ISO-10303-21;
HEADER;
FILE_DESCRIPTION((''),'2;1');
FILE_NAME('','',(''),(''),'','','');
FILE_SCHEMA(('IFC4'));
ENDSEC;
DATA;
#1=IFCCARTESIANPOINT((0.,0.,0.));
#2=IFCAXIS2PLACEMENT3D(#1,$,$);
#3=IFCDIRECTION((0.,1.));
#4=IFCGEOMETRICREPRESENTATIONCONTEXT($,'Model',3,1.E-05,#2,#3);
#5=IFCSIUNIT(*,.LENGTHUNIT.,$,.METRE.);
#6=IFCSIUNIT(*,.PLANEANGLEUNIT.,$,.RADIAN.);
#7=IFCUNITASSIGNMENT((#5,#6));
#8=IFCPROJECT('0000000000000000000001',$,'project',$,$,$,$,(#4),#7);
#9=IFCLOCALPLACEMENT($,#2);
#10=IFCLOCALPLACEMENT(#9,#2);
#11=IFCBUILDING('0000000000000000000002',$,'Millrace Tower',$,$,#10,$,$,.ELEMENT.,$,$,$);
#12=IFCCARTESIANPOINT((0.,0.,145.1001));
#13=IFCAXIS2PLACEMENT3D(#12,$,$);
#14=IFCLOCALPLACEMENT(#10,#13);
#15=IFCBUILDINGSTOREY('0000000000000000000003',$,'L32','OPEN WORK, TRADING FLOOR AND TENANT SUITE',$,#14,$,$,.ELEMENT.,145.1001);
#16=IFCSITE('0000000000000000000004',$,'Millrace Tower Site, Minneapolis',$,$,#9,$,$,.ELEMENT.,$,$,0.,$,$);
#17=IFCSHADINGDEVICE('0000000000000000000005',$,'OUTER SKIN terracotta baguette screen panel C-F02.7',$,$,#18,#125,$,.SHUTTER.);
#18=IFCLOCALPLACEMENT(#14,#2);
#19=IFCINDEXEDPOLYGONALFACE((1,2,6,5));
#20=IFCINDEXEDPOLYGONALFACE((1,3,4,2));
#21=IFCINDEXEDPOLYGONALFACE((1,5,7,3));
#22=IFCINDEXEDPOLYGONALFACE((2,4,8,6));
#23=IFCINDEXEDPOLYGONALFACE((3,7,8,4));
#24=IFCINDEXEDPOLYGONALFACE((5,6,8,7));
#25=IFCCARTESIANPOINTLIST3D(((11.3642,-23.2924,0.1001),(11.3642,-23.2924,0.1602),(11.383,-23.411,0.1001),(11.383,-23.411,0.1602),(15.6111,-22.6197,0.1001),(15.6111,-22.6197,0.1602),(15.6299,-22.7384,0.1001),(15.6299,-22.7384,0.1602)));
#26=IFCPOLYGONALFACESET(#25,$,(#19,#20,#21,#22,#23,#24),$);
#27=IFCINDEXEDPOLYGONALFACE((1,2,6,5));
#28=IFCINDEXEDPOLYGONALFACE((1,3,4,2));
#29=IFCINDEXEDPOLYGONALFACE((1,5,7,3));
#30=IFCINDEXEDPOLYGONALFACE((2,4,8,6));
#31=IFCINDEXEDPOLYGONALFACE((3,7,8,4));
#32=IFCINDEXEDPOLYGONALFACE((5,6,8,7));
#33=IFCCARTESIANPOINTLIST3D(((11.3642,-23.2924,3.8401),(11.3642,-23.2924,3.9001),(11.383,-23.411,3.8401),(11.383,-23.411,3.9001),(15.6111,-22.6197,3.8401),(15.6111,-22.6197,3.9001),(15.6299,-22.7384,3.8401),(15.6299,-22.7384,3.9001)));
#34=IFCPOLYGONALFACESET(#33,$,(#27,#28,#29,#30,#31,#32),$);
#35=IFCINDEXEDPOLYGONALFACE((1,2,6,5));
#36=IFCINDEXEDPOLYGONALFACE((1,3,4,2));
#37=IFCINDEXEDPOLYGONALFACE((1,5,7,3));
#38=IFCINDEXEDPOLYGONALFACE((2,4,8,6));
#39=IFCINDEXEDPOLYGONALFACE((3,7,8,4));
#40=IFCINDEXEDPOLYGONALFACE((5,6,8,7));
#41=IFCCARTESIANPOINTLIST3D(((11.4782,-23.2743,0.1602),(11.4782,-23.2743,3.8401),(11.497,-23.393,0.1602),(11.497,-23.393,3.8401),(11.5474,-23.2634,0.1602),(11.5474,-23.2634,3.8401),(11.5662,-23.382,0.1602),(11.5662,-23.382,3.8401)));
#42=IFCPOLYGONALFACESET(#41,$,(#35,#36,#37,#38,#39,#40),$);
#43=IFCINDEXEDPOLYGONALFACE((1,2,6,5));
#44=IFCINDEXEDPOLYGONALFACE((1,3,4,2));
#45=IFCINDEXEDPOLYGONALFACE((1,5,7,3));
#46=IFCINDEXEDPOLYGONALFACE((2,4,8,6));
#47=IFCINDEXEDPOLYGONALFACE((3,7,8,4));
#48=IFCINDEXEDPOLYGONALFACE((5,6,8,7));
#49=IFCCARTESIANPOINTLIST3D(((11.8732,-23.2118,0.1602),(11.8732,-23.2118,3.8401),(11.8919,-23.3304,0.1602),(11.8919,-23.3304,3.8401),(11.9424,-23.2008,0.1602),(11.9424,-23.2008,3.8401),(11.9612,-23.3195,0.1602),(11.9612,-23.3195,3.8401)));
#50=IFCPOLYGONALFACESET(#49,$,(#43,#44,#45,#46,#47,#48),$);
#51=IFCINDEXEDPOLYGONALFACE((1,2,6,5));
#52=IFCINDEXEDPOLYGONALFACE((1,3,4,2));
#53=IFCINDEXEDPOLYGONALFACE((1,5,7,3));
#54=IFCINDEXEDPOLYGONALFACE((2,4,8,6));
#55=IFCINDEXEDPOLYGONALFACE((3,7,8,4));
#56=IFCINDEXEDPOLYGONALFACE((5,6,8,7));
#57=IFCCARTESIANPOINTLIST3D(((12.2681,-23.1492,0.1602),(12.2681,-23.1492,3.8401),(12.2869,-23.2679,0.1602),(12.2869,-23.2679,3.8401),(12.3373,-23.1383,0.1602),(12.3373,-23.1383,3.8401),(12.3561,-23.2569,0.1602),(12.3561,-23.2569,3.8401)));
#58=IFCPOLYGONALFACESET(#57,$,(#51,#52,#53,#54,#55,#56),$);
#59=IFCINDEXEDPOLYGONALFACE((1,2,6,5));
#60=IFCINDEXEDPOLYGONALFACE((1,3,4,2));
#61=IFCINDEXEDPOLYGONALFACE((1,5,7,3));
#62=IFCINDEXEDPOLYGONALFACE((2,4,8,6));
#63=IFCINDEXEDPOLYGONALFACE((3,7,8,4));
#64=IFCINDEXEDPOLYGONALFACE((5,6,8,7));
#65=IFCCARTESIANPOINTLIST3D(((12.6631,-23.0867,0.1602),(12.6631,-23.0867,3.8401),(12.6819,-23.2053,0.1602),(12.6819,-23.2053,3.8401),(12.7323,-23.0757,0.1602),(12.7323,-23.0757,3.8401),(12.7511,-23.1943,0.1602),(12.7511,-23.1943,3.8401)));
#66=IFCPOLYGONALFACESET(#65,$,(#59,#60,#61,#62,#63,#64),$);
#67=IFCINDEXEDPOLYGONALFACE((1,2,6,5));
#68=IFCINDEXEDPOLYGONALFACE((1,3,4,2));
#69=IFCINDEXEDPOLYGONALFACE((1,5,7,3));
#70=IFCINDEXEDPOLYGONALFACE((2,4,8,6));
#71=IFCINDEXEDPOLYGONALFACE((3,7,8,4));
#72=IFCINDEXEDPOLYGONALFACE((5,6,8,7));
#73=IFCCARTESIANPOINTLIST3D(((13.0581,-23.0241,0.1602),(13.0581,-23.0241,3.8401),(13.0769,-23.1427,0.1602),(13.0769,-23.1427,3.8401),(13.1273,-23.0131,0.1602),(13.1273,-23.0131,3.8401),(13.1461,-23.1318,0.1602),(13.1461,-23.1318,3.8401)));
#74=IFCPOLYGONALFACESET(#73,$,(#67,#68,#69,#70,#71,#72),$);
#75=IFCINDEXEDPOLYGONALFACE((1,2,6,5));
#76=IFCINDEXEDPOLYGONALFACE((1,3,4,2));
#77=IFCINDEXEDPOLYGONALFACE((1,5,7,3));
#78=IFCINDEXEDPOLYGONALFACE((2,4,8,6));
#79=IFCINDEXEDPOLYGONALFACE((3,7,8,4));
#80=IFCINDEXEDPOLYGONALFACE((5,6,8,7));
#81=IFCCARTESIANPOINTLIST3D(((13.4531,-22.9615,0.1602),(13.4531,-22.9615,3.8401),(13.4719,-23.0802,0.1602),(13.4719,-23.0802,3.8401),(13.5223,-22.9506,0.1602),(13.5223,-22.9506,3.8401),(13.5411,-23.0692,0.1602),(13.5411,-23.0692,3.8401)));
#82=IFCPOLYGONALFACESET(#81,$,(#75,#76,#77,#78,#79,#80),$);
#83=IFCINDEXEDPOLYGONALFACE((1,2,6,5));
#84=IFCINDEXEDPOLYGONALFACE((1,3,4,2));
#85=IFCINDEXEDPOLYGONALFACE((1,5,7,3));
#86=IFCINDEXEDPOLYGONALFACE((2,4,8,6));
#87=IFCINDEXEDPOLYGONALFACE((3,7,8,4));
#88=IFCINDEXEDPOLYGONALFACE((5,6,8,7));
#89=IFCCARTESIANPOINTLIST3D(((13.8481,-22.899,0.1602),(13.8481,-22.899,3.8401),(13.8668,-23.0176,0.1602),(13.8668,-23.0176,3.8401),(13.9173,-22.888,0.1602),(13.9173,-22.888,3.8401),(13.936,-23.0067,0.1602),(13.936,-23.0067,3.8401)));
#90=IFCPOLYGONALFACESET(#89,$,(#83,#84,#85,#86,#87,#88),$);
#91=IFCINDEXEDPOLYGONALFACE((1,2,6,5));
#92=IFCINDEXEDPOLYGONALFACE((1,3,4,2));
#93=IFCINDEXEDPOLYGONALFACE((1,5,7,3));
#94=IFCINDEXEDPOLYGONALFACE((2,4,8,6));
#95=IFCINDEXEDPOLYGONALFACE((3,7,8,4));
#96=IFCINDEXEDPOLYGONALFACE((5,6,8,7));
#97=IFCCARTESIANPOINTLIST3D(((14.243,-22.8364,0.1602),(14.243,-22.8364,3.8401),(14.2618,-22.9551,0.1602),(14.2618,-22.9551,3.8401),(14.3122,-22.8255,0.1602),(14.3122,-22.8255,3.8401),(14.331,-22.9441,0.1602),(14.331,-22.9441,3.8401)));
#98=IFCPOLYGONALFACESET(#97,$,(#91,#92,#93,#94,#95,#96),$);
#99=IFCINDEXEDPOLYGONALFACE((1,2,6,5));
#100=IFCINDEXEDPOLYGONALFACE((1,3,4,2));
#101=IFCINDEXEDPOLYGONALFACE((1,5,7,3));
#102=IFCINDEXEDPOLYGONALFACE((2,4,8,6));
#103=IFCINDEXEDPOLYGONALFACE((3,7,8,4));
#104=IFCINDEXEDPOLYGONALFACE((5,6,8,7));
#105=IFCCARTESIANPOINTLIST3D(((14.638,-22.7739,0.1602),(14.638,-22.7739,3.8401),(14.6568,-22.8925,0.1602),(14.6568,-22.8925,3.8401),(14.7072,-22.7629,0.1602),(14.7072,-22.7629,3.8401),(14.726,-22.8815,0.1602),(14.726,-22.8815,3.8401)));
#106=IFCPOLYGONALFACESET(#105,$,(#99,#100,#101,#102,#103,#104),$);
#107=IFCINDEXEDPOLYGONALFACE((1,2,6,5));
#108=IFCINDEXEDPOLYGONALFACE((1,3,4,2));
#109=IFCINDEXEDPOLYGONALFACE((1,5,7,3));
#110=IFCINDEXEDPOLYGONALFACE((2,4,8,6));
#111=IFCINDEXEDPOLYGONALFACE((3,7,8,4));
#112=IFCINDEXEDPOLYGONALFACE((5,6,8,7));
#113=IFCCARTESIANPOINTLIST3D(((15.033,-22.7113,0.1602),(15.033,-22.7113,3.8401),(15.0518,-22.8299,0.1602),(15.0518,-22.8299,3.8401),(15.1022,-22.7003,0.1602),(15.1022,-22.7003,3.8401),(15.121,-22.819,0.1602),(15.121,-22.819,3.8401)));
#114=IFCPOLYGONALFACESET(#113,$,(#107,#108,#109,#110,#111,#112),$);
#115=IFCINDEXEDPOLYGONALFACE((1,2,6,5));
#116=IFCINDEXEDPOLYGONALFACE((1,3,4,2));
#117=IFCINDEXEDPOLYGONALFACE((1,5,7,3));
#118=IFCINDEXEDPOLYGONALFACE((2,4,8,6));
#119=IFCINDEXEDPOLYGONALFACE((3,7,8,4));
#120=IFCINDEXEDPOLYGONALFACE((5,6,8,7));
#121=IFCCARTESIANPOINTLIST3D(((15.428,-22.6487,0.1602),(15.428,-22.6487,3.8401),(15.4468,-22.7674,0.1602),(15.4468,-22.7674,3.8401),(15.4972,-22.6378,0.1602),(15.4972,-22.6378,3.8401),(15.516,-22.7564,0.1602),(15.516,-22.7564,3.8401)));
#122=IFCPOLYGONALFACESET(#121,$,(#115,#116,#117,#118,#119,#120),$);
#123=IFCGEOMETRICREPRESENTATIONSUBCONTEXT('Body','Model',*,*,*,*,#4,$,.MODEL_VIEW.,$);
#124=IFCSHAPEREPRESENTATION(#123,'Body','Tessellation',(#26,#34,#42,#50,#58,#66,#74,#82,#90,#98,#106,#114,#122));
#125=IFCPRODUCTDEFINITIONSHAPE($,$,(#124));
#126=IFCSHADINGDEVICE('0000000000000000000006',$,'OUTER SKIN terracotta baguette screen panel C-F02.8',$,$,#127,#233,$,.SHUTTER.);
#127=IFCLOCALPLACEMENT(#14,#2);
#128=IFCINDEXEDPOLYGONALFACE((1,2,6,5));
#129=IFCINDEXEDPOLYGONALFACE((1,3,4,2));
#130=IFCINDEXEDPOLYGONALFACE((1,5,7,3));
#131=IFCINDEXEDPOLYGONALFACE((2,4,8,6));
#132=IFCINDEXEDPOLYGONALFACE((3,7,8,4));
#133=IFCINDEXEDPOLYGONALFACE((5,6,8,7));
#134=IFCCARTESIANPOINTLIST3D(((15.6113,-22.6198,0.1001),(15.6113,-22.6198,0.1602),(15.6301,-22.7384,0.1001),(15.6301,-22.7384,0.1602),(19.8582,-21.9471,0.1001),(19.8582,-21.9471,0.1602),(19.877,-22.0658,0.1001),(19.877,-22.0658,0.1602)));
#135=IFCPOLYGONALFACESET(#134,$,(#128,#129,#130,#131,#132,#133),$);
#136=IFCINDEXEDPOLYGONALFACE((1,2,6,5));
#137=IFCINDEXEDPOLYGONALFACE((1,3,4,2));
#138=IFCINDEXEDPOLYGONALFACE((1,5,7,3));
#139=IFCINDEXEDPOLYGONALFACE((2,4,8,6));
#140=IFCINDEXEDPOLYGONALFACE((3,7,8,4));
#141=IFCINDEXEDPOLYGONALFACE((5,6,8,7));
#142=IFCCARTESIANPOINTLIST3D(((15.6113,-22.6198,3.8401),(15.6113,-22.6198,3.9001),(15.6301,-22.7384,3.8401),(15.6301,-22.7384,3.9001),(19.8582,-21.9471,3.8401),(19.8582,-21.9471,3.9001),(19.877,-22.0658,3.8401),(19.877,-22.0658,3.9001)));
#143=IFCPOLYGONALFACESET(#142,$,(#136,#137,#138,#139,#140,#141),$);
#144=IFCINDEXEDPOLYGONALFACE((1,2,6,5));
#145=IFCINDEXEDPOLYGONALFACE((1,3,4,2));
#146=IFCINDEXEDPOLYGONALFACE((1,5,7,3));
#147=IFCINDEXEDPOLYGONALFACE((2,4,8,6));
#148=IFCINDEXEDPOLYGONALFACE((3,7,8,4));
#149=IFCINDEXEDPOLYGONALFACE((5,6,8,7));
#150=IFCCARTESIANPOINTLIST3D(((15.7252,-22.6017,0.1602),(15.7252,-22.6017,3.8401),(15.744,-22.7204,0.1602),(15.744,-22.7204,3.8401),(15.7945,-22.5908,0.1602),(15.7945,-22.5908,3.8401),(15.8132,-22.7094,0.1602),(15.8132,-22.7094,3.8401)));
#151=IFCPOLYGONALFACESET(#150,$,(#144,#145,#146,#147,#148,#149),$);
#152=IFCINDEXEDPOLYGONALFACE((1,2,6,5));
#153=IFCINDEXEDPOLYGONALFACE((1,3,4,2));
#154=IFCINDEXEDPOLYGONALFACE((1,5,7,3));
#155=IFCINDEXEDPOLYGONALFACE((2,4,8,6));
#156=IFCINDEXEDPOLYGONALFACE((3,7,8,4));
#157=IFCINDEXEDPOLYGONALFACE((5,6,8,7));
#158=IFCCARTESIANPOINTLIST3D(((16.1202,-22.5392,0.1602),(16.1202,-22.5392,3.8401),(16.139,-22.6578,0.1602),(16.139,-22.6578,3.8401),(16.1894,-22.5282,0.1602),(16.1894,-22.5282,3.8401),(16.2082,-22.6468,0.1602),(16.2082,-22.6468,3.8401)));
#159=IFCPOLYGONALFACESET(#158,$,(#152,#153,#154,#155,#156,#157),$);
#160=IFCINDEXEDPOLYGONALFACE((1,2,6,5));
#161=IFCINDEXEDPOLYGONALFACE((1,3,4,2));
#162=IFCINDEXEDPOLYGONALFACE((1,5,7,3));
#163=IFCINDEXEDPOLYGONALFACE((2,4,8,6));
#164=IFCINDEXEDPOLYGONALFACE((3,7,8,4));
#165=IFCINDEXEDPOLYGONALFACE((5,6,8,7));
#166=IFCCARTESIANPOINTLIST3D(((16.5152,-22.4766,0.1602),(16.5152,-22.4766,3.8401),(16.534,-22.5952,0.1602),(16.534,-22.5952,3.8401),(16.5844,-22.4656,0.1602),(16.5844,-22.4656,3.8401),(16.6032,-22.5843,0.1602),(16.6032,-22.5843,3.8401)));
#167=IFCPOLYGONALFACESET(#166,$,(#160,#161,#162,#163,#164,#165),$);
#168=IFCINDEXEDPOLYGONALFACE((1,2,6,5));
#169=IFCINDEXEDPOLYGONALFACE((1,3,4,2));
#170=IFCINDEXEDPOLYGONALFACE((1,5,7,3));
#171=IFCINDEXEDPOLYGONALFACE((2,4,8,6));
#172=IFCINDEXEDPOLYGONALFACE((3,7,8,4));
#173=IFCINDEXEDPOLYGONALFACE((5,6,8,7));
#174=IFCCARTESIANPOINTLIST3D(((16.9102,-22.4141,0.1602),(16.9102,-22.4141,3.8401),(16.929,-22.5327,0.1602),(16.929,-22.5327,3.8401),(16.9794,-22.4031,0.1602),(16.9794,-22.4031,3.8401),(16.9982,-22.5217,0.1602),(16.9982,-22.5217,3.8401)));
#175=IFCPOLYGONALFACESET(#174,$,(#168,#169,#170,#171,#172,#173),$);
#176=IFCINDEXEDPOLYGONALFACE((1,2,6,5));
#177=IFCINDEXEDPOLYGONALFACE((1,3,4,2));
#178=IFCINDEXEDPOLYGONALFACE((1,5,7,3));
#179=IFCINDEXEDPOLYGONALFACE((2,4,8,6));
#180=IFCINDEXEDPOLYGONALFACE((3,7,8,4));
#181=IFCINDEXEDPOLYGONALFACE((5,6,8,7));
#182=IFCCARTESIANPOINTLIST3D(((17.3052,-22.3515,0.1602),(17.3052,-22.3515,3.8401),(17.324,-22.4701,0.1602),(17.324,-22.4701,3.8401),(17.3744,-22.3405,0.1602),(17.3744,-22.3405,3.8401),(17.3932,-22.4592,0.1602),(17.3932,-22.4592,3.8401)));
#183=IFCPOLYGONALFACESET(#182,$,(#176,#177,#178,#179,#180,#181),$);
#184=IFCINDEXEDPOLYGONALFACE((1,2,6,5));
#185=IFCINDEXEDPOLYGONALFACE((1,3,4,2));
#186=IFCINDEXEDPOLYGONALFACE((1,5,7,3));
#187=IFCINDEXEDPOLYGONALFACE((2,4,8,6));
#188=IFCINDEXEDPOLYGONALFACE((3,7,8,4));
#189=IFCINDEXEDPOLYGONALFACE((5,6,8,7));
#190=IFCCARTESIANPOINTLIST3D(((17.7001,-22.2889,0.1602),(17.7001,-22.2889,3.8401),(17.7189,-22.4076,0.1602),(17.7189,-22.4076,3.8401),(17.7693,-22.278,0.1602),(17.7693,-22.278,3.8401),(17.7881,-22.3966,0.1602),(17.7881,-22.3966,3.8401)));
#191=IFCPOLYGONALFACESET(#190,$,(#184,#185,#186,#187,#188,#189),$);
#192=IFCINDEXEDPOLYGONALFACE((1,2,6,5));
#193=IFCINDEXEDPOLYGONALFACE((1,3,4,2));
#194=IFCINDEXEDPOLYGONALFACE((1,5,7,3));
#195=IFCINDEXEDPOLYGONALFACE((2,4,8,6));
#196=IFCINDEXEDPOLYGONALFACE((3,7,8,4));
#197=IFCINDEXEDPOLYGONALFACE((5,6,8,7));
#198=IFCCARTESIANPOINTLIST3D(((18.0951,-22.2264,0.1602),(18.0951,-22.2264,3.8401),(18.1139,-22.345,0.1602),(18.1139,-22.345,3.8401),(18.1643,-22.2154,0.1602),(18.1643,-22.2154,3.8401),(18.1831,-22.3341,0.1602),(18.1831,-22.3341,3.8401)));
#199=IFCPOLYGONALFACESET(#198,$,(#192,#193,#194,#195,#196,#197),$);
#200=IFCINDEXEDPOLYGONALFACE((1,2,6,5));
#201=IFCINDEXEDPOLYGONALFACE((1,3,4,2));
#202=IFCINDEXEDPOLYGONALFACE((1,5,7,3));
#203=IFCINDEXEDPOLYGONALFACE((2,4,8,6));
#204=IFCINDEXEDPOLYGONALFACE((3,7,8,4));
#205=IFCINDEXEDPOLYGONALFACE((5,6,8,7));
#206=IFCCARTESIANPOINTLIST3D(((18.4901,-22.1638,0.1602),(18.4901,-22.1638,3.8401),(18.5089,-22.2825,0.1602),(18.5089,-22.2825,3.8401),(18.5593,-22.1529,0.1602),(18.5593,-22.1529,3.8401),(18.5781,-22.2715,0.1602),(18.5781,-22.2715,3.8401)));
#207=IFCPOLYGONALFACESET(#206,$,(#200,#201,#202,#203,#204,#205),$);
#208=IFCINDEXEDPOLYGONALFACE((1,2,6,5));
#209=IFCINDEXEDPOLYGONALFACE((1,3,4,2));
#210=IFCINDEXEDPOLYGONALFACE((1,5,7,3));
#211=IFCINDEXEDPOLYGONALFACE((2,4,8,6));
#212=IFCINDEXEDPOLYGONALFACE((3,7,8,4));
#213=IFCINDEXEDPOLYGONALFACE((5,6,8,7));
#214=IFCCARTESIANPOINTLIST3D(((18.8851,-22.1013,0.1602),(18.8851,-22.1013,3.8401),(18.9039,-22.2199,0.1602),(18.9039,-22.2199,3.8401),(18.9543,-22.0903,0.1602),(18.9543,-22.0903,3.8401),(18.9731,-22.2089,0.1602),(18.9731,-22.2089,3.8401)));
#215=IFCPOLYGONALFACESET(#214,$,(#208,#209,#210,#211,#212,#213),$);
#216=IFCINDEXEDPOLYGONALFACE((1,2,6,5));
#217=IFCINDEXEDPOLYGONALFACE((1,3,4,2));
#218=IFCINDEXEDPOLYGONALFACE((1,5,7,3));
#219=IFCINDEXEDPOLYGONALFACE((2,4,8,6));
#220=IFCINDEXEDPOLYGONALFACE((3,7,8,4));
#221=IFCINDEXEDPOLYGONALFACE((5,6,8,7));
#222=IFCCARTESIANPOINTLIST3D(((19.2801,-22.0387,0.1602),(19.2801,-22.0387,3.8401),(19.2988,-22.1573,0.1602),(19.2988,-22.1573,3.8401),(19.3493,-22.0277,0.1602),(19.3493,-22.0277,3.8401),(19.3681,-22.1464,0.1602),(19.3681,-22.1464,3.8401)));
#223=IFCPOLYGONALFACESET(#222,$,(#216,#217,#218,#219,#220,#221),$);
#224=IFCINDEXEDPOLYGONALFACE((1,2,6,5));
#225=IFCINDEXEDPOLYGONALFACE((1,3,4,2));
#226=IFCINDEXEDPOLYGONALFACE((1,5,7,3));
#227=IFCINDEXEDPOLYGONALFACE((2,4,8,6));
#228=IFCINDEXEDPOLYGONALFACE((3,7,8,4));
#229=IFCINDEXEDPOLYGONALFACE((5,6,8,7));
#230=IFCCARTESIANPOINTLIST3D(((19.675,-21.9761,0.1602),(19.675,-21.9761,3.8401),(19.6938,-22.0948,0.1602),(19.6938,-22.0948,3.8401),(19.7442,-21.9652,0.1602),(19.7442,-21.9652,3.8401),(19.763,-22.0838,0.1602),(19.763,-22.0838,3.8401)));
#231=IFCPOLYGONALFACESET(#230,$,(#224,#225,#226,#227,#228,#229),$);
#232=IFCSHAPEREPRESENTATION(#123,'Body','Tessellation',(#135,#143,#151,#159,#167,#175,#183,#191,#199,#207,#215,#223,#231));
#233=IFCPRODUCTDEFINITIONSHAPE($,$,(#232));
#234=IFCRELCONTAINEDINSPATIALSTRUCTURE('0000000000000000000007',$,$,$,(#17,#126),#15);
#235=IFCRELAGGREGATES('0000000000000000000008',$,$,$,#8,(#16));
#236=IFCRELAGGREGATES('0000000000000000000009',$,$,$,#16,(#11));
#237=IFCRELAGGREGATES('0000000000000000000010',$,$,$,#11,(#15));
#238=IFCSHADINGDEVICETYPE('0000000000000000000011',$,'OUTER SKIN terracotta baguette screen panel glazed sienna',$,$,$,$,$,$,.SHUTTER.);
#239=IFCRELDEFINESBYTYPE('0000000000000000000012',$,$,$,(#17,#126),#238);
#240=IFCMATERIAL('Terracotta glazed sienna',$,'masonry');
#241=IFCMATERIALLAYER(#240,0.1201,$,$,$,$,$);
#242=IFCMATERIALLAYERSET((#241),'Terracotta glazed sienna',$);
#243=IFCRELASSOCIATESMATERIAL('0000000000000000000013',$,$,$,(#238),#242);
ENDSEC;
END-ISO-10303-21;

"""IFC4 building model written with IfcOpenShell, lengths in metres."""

from ifc_helpers import new_model, entity, si_unit, direction, frame, frame_2d, origin, origin_2d, place, context, subcontext, project, spatial, rectangle, extrude, source, transform, mapped, material, layer, layer_set, type_object, element, save


model = new_model("IFC4")

# Units and contexts
model_context = context("Model", 3, precision=1e-05, world=origin(), true_north=direction((0.0, 1.0)))
body_context = subcontext(model_context, "Body", "Model", "MODEL_VIEW")
ifc_project = project(units=[si_unit("LENGTHUNIT", "METRE"), si_unit("PLANEANGLEUNIT", "RADIAN")], contexts=[model_context])

# Site, building, storey
site_placement = place(None, origin())
site = spatial("IfcSite", under=ifc_project, at=site_placement, Name="Millrace Tower Site, Minneapolis", CompositionType="ELEMENT", RefElevation=0.0)
building_placement = place(site_placement, origin())
building = spatial("IfcBuilding", under=site, at=building_placement, Name="Millrace Tower", CompositionType="ELEMENT")
storey_placement = place(building_placement, frame((0.0, 0.0, 145.1001)))
storey = spatial("IfcBuildingStorey", under=building, at=storey_placement, Name="L32", Description="OPEN WORK, TRADING FLOOR AND TENANT SUITE", CompositionType="ELEMENT", Elevation=145.1001)

# Shading devices
ifc_material_1 = material(Name="Terracotta glazed sienna", Category="masonry")
ifc_layer_1 = layer(ifc_material_1, 0.1201)
ifc_layer_set_1 = layer_set([ifc_layer_1], Name="Terracotta glazed sienna")
shading_device_type = type_object("IfcShadingDeviceType", Name="OUTER SKIN terracotta baguette screen panel glazed sienna", PredefinedType="SHUTTER", material=ifc_layer_set_1)
cartesian_point_1 = entity("IfcCartesianPoint", [-2.1499, 0.0601])
shared_polyline_1 = entity("IfcPolyline", [cartesian_point_1, entity("IfcCartesianPoint", [2.1499, 0.0601]), entity("IfcCartesianPoint", [2.1499, -0.0601]), entity("IfcCartesianPoint", [-2.1499, -0.0601]), cartesian_point_1])
shared_shape_1 = source(origin(), body_context, "Body", "SweptSolid", [
    entity("IfcExtrudedAreaSolid", entity("IfcArbitraryClosedProfileDef", "AREA", None, shared_polyline_1), entity("IfcAxis2Placement3D", entity("IfcCartesianPoint", [0.0, 0.0, 0.0])), entity("IfcDirection", [0.0, 0.0, 1.0]), 0.0601),
    entity("IfcExtrudedAreaSolid", entity("IfcArbitraryClosedProfileDef", "AREA", None, shared_polyline_1), entity("IfcAxis2Placement3D", entity("IfcCartesianPoint", [0.0, 0.0, 3.74])), entity("IfcDirection", [0.0, 0.0, 1.0]), 0.0601),
    extrude(rectangle(XDim=0.0701, YDim=0.1201, at=frame_2d((-1.9995, 0.0))), frame((0.0, 0.0, 0.0601)), (0.0, 0.0, 1.0), 3.6799),
    extrude(rectangle(XDim=0.0701, YDim=0.1201, at=frame_2d((-1.5996, 0.0))), frame((0.0, 0.0, 0.0601)), (0.0, 0.0, 1.0), 3.6799),
    extrude(rectangle(XDim=0.0701, YDim=0.1201, at=frame_2d((-1.1997, 0.0))), frame((0.0, 0.0, 0.0601)), (0.0, 0.0, 1.0), 3.6799),
    extrude(rectangle(XDim=0.0701, YDim=0.1201, at=frame_2d((-0.7998, 0.0))), frame((0.0, 0.0, 0.0601)), (0.0, 0.0, 1.0), 3.6799),
    extrude(rectangle(XDim=0.0701, YDim=0.1201, at=frame_2d((-0.3999, 0.0))), frame((0.0, 0.0, 0.0601)), (0.0, 0.0, 1.0), 3.6799),
    extrude(rectangle(XDim=0.0701, YDim=0.1201, at=origin_2d()), frame((0.0, 0.0, 0.0601)), (0.0, 0.0, 1.0), 3.6799),
    extrude(rectangle(XDim=0.0701, YDim=0.1201, at=frame_2d((0.3999, 0.0))), frame((0.0, 0.0, 0.0601)), (0.0, 0.0, 1.0), 3.6799),
    extrude(rectangle(XDim=0.0701, YDim=0.1201, at=frame_2d((0.7998, 0.0))), frame((0.0, 0.0, 0.0601)), (0.0, 0.0, 1.0), 3.6799),
    extrude(rectangle(XDim=0.0701, YDim=0.1201, at=frame_2d((1.1997, 0.0))), frame((0.0, 0.0, 0.0601)), (0.0, 0.0, 1.0), 3.6799),
    extrude(rectangle(XDim=0.0701, YDim=0.1201, at=frame_2d((1.5996, 0.0))), frame((0.0, 0.0, 0.0601)), (0.0, 0.0, 1.0), 3.6799),
    extrude(rectangle(XDim=0.0701, YDim=0.1201, at=frame_2d((1.9995, 0.0))), frame((0.0, 0.0, 0.0601)), (0.0, 0.0, 1.0), 3.6799),
])
for number, where, z_axis, x_axis, name in (
    (1, (13.4971, -23.0154, 0.1001), (0.0, 0.0, 1.0), (0.987688, 0.156434, 0.0), "OUTER SKIN terracotta baguette screen panel C-F02.7"),
    (2, (17.7441, -22.3428, 0.1001), (0.0, 0.0, 1.0), (0.987688, 0.156434, 0.0), "OUTER SKIN terracotta baguette screen panel C-F02.8"),
):
    element("IfcShadingDevice", number, at=place(storey_placement, frame(where, z_axis=z_axis, x_axis=x_axis)), inside=storey, type_object=shading_device_type, Name=name, PredefinedType="SHUTTER", context=body_context, shape_type="MappedRepresentation", body=[
        mapped(shared_shape_1, transform((0.0, 0.0, 0.0), scale=1.0)),
    ])

save(model, "model.ifc")
